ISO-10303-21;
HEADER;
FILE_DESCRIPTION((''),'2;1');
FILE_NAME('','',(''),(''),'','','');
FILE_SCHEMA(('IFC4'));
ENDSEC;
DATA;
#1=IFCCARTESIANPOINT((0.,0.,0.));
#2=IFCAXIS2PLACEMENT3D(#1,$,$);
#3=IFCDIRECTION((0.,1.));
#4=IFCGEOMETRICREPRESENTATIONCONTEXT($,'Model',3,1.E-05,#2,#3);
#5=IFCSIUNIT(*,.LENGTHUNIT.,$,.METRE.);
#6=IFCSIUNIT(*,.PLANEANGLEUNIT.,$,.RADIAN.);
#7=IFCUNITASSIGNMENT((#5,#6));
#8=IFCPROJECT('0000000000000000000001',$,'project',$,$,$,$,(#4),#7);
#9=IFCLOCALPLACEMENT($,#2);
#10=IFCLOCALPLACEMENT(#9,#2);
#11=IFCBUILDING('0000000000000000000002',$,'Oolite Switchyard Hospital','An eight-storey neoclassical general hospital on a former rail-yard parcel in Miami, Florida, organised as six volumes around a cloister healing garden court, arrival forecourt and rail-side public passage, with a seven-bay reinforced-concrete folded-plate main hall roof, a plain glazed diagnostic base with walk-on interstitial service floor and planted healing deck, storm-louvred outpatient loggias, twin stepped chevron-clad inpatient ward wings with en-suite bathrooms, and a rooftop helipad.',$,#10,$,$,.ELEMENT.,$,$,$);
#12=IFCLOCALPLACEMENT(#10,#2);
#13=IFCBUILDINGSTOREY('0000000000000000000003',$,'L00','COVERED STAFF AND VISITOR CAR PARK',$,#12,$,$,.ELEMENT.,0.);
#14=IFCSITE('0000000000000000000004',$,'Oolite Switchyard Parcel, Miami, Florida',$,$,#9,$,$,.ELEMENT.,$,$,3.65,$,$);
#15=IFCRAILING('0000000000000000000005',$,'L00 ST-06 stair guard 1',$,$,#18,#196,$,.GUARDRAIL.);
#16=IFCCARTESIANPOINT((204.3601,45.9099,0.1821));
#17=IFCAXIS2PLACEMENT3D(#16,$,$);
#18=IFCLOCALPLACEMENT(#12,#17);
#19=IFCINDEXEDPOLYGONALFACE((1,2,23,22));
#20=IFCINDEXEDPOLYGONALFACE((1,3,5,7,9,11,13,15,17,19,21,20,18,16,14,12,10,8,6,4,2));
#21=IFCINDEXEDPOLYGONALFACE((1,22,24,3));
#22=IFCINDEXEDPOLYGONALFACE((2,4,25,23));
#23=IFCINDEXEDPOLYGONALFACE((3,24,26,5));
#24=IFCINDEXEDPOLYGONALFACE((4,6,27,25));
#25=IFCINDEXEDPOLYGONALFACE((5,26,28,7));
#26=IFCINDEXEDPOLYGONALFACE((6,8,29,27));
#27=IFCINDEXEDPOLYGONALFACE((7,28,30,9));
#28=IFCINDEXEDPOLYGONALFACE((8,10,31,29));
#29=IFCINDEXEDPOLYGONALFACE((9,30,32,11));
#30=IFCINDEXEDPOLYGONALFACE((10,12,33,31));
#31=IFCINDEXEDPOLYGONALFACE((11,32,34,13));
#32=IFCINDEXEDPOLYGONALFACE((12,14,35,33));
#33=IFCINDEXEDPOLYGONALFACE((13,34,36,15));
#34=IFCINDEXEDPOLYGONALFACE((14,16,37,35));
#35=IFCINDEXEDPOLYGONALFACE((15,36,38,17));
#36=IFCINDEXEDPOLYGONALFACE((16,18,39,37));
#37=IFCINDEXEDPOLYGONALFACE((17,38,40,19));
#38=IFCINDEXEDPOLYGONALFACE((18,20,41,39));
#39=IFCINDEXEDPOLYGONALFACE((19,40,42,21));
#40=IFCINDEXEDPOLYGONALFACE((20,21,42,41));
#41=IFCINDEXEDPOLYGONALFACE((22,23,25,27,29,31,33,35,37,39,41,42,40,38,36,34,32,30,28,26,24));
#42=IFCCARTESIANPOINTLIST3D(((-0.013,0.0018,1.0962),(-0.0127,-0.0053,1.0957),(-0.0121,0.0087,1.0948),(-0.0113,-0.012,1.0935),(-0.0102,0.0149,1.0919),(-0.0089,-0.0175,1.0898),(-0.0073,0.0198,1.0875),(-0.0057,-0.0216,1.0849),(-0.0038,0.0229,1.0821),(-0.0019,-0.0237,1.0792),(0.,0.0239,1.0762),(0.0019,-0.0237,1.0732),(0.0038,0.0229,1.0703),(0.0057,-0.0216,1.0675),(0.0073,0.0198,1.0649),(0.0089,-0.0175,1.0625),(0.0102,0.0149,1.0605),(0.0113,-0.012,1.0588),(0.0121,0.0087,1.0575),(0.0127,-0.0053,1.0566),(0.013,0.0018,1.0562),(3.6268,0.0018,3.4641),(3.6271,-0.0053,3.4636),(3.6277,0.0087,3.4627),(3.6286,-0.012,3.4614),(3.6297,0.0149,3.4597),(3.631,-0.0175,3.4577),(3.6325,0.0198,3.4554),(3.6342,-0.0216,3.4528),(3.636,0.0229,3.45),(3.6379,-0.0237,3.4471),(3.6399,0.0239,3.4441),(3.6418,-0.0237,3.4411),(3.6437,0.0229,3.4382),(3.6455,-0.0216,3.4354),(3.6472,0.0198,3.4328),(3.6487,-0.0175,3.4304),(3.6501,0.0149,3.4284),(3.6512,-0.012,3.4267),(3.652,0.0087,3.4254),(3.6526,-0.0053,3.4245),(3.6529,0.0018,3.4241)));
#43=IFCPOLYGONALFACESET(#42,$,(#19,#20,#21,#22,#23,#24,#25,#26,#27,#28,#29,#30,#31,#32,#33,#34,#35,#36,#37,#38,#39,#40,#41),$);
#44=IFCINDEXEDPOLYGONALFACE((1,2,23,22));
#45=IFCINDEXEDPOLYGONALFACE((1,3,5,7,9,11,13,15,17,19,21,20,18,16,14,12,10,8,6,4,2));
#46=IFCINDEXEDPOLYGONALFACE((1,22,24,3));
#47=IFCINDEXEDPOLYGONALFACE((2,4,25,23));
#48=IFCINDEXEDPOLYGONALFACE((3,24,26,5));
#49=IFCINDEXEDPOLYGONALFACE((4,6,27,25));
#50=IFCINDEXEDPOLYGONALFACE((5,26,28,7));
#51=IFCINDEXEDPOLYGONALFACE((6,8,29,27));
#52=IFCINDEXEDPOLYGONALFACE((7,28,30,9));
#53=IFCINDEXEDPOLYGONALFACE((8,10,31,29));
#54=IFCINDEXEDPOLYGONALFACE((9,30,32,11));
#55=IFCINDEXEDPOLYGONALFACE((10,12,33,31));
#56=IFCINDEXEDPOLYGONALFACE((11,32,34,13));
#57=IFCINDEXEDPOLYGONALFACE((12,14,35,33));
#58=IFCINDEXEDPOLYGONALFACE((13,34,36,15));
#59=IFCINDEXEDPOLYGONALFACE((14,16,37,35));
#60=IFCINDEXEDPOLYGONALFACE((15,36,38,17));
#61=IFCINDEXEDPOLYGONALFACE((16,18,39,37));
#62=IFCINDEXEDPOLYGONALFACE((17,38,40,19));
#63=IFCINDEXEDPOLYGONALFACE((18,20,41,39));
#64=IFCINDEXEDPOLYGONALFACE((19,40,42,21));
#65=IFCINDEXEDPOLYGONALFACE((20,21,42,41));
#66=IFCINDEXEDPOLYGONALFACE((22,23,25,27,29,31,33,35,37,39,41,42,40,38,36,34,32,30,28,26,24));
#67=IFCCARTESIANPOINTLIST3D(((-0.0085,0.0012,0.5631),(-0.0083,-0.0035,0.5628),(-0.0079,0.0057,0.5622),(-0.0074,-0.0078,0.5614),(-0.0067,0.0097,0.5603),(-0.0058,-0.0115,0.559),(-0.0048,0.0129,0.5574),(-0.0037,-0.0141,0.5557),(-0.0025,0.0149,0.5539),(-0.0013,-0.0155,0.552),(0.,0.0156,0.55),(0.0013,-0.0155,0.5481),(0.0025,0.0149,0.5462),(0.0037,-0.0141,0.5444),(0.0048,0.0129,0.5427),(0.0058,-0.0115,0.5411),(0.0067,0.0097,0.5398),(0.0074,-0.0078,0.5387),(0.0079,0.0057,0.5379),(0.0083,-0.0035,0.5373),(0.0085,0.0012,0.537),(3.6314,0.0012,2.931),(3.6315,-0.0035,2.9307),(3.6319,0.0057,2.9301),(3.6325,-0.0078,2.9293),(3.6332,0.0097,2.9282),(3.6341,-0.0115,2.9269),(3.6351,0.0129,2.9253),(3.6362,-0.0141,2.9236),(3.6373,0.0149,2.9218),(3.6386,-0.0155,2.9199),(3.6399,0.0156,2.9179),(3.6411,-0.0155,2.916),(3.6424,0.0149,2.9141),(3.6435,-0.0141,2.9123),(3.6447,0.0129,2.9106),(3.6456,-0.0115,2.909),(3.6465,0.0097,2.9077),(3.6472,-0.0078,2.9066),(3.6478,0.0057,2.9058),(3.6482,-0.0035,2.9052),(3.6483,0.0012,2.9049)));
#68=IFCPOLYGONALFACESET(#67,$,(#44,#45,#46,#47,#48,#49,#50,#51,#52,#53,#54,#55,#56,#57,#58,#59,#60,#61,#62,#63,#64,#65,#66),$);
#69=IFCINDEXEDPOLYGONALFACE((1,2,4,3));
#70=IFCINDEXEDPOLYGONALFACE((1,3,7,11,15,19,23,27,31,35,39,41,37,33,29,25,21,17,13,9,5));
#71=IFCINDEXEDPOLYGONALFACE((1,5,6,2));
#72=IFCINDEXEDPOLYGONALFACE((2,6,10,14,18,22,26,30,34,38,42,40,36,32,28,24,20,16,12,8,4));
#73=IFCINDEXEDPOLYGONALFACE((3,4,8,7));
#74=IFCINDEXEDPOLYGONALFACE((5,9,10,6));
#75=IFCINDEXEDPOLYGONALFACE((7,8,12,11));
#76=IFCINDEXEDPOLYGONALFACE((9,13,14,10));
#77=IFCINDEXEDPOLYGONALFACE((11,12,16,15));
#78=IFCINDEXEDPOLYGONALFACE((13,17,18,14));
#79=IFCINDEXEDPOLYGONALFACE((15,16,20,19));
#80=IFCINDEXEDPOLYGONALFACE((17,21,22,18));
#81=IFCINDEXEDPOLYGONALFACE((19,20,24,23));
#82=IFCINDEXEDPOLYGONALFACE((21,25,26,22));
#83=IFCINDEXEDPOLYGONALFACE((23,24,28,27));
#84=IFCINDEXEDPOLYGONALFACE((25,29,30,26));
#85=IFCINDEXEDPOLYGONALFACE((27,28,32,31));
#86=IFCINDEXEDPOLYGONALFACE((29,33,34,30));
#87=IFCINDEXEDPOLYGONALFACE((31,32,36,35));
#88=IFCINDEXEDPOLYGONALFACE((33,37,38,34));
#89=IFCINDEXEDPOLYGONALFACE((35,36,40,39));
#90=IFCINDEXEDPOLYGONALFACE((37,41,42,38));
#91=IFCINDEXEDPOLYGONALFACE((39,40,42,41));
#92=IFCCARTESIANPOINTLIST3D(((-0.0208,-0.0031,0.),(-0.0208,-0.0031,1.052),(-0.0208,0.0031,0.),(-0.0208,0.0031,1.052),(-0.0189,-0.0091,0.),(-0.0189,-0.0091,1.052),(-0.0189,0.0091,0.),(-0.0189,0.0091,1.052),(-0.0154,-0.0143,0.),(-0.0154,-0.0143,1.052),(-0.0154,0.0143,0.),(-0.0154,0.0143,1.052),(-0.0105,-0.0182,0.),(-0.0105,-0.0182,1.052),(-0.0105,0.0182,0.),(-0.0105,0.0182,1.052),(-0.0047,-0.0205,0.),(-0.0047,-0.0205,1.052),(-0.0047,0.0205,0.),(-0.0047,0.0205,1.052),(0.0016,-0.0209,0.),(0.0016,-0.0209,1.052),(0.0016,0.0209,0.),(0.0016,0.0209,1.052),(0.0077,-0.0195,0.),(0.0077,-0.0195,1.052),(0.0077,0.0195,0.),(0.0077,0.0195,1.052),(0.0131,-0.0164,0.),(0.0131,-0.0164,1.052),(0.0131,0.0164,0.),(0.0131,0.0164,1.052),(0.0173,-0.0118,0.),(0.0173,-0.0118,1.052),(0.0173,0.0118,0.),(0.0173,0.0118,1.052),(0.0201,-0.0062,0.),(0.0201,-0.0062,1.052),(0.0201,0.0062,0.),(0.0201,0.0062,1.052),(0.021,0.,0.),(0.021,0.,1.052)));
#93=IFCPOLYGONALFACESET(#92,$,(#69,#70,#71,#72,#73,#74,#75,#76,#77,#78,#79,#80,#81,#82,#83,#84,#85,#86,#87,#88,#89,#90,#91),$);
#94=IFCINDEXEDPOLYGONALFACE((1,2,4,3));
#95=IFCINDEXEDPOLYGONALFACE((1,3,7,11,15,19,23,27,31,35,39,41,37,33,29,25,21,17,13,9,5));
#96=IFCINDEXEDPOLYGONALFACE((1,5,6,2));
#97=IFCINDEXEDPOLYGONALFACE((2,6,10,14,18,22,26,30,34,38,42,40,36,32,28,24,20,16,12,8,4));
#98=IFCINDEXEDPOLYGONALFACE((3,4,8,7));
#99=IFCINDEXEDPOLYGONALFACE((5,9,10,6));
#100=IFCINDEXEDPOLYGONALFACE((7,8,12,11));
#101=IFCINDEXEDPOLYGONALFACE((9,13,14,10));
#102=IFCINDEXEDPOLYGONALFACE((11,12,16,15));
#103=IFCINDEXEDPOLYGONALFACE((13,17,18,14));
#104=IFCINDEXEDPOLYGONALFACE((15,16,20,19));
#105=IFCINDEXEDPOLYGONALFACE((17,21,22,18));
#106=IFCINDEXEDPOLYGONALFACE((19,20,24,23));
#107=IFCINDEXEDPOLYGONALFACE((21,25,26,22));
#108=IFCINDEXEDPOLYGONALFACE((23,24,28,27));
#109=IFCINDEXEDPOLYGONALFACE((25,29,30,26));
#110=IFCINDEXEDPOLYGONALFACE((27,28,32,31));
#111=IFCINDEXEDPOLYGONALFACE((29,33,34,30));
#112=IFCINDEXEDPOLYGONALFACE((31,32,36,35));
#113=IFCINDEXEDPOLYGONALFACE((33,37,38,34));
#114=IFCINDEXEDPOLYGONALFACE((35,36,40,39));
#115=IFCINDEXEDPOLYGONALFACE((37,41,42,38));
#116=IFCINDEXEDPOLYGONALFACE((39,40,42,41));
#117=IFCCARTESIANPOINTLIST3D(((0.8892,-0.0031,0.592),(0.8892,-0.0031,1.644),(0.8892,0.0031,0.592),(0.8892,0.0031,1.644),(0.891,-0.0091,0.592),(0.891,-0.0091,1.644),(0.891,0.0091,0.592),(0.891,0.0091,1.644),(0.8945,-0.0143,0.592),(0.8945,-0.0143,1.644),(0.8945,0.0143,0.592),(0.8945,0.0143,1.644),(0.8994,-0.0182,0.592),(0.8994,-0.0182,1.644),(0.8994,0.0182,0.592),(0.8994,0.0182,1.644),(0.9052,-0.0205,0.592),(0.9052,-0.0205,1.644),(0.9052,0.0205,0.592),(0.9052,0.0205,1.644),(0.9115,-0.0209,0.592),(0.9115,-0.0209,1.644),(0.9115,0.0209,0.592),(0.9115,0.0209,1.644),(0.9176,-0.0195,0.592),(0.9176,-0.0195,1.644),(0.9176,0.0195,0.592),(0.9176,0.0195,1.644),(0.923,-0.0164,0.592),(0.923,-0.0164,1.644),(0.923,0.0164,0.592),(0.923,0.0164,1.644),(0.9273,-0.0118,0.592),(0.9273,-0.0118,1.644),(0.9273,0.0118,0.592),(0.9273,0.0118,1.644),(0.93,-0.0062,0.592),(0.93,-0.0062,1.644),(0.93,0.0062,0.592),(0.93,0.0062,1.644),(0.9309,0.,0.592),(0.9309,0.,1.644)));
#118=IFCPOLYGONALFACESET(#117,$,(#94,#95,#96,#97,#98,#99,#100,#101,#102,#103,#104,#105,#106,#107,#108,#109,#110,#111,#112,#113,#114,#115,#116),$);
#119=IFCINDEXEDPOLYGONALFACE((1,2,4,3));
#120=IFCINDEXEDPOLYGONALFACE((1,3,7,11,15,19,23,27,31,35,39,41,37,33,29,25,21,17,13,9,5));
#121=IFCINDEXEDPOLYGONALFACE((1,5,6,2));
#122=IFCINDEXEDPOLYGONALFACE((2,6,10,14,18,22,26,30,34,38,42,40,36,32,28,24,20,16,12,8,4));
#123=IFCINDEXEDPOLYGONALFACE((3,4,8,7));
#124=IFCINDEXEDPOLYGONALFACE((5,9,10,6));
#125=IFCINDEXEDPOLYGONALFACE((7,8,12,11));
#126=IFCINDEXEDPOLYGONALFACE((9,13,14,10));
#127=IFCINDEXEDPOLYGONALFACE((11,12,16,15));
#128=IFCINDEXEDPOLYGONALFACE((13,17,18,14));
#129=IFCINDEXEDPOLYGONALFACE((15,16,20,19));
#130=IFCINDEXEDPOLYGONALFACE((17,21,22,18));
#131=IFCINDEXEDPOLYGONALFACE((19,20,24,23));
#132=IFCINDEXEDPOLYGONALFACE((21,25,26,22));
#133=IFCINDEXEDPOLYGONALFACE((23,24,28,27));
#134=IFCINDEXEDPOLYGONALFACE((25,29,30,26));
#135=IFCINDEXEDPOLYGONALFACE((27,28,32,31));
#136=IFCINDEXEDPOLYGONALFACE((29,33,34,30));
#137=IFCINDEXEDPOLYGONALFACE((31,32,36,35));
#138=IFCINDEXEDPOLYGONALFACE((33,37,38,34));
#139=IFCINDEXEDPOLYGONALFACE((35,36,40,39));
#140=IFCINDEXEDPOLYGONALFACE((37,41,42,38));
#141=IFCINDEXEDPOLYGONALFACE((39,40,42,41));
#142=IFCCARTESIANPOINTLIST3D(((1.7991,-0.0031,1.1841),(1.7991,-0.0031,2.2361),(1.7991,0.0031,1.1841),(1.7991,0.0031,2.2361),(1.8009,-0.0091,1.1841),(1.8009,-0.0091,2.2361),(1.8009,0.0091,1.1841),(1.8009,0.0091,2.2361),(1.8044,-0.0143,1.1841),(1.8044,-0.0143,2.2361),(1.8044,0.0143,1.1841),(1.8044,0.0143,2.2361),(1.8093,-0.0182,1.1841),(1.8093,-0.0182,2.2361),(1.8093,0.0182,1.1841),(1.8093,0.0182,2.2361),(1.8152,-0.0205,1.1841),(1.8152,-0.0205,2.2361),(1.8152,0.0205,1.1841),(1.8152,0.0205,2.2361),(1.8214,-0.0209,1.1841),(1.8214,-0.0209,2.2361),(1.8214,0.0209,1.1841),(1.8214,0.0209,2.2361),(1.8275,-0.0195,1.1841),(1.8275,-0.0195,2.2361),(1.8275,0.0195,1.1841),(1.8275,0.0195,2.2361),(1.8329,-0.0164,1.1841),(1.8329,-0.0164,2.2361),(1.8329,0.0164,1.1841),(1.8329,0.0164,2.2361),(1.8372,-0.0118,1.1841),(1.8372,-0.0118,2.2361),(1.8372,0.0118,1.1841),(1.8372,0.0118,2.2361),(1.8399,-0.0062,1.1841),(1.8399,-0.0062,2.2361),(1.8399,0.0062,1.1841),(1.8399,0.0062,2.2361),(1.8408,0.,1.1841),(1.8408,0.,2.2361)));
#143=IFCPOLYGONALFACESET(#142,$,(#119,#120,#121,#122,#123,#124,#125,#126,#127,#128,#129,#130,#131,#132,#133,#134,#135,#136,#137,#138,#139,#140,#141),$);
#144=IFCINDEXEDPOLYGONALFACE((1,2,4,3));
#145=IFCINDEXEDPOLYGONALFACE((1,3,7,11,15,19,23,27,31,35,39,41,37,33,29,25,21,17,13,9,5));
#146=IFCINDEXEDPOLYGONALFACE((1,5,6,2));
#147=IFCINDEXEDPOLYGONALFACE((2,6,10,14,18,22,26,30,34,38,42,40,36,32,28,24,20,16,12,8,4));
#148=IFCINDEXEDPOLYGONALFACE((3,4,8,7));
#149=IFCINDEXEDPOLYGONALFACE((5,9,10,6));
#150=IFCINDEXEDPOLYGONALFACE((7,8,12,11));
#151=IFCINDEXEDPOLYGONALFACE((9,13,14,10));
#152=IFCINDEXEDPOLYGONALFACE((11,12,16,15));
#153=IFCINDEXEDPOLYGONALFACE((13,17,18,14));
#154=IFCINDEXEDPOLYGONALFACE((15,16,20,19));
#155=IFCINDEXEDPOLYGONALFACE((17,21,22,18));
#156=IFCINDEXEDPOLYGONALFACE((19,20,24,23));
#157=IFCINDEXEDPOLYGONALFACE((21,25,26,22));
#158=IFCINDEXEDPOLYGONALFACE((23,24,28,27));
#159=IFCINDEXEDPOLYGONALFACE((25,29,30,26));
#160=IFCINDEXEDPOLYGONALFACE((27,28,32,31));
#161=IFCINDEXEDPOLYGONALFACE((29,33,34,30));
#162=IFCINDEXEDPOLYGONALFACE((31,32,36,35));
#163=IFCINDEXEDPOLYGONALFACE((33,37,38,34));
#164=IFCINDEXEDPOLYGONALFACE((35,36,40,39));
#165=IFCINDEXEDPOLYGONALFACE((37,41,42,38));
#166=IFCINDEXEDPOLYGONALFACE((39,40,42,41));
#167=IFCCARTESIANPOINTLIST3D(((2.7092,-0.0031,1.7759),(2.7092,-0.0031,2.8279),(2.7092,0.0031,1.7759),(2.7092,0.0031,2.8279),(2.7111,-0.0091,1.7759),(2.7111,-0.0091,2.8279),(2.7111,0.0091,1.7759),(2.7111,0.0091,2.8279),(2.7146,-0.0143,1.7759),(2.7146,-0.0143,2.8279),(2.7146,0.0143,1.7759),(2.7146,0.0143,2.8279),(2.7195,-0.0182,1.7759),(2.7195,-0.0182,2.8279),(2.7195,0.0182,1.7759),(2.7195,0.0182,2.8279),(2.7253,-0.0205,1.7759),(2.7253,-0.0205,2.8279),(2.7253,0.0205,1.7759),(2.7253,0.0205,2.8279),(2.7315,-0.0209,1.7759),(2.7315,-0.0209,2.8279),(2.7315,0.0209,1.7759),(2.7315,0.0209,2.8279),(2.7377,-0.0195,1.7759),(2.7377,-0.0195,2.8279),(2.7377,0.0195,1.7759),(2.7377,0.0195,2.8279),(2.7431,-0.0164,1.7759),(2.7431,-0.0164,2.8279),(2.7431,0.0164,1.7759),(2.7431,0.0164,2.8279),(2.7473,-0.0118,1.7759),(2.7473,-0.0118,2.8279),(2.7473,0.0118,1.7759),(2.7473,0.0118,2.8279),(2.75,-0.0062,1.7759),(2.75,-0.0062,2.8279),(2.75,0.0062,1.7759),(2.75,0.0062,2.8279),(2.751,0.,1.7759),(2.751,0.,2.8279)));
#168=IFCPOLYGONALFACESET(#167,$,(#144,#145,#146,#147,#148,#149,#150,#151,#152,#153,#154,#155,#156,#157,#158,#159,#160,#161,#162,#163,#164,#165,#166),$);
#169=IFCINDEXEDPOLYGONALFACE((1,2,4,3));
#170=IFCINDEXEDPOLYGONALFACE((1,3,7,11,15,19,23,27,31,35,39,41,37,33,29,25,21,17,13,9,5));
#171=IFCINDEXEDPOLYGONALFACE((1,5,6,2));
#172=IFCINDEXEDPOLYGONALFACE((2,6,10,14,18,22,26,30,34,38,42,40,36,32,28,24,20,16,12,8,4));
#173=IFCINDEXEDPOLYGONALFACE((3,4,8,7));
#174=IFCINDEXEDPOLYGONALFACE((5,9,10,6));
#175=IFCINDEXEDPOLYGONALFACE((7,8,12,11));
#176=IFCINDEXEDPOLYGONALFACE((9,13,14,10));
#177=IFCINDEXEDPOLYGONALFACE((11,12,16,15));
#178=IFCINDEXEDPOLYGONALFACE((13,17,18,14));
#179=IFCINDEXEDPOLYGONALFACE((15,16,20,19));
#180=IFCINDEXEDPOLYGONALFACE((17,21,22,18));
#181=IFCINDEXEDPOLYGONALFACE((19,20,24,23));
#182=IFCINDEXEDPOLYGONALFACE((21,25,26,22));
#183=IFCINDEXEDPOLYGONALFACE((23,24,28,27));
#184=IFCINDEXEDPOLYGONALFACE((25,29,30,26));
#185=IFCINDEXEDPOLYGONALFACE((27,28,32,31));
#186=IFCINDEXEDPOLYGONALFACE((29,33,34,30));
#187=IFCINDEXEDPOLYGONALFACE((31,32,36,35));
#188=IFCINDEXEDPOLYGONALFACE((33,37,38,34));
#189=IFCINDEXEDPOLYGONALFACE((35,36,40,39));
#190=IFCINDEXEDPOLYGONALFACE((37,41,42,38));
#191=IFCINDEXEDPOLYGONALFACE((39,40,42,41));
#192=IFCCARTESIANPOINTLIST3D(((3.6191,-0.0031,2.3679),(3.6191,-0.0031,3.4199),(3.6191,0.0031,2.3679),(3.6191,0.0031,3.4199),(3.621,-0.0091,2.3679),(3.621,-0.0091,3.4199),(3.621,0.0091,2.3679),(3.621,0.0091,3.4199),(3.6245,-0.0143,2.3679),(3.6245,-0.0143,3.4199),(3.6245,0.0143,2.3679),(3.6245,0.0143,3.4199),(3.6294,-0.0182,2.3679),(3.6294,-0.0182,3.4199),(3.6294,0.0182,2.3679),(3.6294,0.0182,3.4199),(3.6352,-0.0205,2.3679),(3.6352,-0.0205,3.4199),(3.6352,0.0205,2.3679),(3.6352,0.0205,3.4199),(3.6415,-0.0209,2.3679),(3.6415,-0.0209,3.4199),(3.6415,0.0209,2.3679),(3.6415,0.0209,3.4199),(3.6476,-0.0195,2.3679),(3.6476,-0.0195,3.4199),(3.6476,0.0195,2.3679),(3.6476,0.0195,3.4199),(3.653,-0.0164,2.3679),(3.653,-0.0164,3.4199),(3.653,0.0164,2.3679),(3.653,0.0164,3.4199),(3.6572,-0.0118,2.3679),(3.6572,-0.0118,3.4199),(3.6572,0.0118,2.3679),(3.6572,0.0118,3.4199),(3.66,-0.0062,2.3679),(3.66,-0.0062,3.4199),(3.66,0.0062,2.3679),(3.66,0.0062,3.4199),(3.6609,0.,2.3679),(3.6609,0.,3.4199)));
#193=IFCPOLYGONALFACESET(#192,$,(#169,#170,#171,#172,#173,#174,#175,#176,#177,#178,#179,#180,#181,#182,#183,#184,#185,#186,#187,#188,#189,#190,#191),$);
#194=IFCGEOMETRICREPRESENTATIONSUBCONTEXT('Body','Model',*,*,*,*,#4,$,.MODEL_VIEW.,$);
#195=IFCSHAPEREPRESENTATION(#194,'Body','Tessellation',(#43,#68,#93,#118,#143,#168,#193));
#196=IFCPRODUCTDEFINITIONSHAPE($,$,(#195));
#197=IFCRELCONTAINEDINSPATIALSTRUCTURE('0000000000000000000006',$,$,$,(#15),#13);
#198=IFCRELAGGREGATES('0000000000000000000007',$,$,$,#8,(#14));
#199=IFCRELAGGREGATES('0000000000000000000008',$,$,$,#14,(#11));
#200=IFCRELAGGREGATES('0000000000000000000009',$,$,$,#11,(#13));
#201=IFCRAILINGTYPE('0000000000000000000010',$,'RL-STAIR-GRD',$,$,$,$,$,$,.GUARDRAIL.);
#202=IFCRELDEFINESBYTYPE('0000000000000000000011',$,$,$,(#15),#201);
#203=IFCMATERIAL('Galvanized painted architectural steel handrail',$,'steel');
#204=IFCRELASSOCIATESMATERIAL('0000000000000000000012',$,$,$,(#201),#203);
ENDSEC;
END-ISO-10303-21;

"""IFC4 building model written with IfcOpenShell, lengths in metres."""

from ifc_helpers import new_model, si_unit, direction, frame, origin, origin_2d, place, context, subcontext, project, spatial, circle, extrude, material, type_object, element, save


model = new_model("IFC4")

# Units and contexts
model_context = context("Model", 3, precision=1e-05, world=origin(), true_north=direction((0.0, 1.0)))
body_context = subcontext(model_context, "Body", "Model", "MODEL_VIEW")
ifc_project = project(units=[si_unit("LENGTHUNIT", "METRE"), si_unit("PLANEANGLEUNIT", "RADIAN")], contexts=[model_context])

# Site, building, storey
site_placement = place(None, origin())
site = spatial("IfcSite", under=ifc_project, at=site_placement, Name="Oolite Switchyard Parcel, Miami, Florida", CompositionType="ELEMENT", RefElevation=3.65)
building_placement = place(site_placement, origin())
building = spatial("IfcBuilding", under=site, at=building_placement, Name="Oolite Switchyard Hospital", Description="An eight-storey neoclassical general hospital on a former rail-yard parcel in Miami, Florida, organised as six volumes around a cloister healing garden court, arrival forecourt and rail-side public passage, with a seven-bay reinforced-concrete folded-plate main hall roof, a plain glazed diagnostic base with walk-on interstitial service floor and planted healing deck, storm-louvred outpatient loggias, twin stepped chevron-clad inpatient ward wings with en-suite bathrooms, and a rooftop helipad.", CompositionType="ELEMENT")
storey_placement = place(building_placement, origin())
storey = spatial("IfcBuildingStorey", under=building, at=storey_placement, Name="L00", Description="COVERED STAFF AND VISITOR CAR PARK", CompositionType="ELEMENT", Elevation=0.0)

# Railing
ifc_material_1 = material(Name="Galvanized painted architectural steel handrail", Category="steel")
railing_type_1 = type_object("IfcRailingType", Name="RL-STAIR-GRD", PredefinedType="GUARDRAIL", material=ifc_material_1)
railing_1_placement = place(storey_placement, frame((204.3601, 45.9099, 0.1821)))
element("IfcRailing", 1, at=railing_1_placement, inside=storey, type_object=railing_type_1, Name="L00 ST-06 stair guard 1", PredefinedType="GUARDRAIL", context=body_context, shape_type="SweptSolid", body=[
    extrude(circle(Radius=0.0239, at=origin_2d()), frame((0.0, 0.0, 1.0762), z_axis=(0.838234, 0.0, 0.54531), x_axis=(0.0, 1.0, 0.0)), (0.0, 0.0, 1.0), 4.3423),
    extrude(circle(Radius=0.0156, at=origin_2d()), frame((0.0, 0.0, 0.55), z_axis=(0.838234, 0.0, 0.54531), x_axis=(0.0, 1.0, 0.0)), (0.0, 0.0, 1.0), 4.3423),
    extrude(circle(Radius=0.021, at=origin_2d()), origin(), (0.0, 0.0, 1.0), 1.052),
    extrude(circle(Radius=0.021, at=origin_2d()), frame((0.9099, 0.0, 0.592)), (0.0, 0.0, 1.0), 1.052),
    extrude(circle(Radius=0.021, at=origin_2d()), frame((1.8198, 0.0, 1.1841)), (0.0, 0.0, 1.0), 1.052),
    extrude(circle(Radius=0.021, at=origin_2d()), frame((2.73, 0.0, 1.7759)), (0.0, 0.0, 1.0), 1.052),
    extrude(circle(Radius=0.021, at=origin_2d()), frame((3.6399, 0.0, 2.3679)), (0.0, 0.0, 1.0), 1.052),
])

save(model, "model.ifc")
